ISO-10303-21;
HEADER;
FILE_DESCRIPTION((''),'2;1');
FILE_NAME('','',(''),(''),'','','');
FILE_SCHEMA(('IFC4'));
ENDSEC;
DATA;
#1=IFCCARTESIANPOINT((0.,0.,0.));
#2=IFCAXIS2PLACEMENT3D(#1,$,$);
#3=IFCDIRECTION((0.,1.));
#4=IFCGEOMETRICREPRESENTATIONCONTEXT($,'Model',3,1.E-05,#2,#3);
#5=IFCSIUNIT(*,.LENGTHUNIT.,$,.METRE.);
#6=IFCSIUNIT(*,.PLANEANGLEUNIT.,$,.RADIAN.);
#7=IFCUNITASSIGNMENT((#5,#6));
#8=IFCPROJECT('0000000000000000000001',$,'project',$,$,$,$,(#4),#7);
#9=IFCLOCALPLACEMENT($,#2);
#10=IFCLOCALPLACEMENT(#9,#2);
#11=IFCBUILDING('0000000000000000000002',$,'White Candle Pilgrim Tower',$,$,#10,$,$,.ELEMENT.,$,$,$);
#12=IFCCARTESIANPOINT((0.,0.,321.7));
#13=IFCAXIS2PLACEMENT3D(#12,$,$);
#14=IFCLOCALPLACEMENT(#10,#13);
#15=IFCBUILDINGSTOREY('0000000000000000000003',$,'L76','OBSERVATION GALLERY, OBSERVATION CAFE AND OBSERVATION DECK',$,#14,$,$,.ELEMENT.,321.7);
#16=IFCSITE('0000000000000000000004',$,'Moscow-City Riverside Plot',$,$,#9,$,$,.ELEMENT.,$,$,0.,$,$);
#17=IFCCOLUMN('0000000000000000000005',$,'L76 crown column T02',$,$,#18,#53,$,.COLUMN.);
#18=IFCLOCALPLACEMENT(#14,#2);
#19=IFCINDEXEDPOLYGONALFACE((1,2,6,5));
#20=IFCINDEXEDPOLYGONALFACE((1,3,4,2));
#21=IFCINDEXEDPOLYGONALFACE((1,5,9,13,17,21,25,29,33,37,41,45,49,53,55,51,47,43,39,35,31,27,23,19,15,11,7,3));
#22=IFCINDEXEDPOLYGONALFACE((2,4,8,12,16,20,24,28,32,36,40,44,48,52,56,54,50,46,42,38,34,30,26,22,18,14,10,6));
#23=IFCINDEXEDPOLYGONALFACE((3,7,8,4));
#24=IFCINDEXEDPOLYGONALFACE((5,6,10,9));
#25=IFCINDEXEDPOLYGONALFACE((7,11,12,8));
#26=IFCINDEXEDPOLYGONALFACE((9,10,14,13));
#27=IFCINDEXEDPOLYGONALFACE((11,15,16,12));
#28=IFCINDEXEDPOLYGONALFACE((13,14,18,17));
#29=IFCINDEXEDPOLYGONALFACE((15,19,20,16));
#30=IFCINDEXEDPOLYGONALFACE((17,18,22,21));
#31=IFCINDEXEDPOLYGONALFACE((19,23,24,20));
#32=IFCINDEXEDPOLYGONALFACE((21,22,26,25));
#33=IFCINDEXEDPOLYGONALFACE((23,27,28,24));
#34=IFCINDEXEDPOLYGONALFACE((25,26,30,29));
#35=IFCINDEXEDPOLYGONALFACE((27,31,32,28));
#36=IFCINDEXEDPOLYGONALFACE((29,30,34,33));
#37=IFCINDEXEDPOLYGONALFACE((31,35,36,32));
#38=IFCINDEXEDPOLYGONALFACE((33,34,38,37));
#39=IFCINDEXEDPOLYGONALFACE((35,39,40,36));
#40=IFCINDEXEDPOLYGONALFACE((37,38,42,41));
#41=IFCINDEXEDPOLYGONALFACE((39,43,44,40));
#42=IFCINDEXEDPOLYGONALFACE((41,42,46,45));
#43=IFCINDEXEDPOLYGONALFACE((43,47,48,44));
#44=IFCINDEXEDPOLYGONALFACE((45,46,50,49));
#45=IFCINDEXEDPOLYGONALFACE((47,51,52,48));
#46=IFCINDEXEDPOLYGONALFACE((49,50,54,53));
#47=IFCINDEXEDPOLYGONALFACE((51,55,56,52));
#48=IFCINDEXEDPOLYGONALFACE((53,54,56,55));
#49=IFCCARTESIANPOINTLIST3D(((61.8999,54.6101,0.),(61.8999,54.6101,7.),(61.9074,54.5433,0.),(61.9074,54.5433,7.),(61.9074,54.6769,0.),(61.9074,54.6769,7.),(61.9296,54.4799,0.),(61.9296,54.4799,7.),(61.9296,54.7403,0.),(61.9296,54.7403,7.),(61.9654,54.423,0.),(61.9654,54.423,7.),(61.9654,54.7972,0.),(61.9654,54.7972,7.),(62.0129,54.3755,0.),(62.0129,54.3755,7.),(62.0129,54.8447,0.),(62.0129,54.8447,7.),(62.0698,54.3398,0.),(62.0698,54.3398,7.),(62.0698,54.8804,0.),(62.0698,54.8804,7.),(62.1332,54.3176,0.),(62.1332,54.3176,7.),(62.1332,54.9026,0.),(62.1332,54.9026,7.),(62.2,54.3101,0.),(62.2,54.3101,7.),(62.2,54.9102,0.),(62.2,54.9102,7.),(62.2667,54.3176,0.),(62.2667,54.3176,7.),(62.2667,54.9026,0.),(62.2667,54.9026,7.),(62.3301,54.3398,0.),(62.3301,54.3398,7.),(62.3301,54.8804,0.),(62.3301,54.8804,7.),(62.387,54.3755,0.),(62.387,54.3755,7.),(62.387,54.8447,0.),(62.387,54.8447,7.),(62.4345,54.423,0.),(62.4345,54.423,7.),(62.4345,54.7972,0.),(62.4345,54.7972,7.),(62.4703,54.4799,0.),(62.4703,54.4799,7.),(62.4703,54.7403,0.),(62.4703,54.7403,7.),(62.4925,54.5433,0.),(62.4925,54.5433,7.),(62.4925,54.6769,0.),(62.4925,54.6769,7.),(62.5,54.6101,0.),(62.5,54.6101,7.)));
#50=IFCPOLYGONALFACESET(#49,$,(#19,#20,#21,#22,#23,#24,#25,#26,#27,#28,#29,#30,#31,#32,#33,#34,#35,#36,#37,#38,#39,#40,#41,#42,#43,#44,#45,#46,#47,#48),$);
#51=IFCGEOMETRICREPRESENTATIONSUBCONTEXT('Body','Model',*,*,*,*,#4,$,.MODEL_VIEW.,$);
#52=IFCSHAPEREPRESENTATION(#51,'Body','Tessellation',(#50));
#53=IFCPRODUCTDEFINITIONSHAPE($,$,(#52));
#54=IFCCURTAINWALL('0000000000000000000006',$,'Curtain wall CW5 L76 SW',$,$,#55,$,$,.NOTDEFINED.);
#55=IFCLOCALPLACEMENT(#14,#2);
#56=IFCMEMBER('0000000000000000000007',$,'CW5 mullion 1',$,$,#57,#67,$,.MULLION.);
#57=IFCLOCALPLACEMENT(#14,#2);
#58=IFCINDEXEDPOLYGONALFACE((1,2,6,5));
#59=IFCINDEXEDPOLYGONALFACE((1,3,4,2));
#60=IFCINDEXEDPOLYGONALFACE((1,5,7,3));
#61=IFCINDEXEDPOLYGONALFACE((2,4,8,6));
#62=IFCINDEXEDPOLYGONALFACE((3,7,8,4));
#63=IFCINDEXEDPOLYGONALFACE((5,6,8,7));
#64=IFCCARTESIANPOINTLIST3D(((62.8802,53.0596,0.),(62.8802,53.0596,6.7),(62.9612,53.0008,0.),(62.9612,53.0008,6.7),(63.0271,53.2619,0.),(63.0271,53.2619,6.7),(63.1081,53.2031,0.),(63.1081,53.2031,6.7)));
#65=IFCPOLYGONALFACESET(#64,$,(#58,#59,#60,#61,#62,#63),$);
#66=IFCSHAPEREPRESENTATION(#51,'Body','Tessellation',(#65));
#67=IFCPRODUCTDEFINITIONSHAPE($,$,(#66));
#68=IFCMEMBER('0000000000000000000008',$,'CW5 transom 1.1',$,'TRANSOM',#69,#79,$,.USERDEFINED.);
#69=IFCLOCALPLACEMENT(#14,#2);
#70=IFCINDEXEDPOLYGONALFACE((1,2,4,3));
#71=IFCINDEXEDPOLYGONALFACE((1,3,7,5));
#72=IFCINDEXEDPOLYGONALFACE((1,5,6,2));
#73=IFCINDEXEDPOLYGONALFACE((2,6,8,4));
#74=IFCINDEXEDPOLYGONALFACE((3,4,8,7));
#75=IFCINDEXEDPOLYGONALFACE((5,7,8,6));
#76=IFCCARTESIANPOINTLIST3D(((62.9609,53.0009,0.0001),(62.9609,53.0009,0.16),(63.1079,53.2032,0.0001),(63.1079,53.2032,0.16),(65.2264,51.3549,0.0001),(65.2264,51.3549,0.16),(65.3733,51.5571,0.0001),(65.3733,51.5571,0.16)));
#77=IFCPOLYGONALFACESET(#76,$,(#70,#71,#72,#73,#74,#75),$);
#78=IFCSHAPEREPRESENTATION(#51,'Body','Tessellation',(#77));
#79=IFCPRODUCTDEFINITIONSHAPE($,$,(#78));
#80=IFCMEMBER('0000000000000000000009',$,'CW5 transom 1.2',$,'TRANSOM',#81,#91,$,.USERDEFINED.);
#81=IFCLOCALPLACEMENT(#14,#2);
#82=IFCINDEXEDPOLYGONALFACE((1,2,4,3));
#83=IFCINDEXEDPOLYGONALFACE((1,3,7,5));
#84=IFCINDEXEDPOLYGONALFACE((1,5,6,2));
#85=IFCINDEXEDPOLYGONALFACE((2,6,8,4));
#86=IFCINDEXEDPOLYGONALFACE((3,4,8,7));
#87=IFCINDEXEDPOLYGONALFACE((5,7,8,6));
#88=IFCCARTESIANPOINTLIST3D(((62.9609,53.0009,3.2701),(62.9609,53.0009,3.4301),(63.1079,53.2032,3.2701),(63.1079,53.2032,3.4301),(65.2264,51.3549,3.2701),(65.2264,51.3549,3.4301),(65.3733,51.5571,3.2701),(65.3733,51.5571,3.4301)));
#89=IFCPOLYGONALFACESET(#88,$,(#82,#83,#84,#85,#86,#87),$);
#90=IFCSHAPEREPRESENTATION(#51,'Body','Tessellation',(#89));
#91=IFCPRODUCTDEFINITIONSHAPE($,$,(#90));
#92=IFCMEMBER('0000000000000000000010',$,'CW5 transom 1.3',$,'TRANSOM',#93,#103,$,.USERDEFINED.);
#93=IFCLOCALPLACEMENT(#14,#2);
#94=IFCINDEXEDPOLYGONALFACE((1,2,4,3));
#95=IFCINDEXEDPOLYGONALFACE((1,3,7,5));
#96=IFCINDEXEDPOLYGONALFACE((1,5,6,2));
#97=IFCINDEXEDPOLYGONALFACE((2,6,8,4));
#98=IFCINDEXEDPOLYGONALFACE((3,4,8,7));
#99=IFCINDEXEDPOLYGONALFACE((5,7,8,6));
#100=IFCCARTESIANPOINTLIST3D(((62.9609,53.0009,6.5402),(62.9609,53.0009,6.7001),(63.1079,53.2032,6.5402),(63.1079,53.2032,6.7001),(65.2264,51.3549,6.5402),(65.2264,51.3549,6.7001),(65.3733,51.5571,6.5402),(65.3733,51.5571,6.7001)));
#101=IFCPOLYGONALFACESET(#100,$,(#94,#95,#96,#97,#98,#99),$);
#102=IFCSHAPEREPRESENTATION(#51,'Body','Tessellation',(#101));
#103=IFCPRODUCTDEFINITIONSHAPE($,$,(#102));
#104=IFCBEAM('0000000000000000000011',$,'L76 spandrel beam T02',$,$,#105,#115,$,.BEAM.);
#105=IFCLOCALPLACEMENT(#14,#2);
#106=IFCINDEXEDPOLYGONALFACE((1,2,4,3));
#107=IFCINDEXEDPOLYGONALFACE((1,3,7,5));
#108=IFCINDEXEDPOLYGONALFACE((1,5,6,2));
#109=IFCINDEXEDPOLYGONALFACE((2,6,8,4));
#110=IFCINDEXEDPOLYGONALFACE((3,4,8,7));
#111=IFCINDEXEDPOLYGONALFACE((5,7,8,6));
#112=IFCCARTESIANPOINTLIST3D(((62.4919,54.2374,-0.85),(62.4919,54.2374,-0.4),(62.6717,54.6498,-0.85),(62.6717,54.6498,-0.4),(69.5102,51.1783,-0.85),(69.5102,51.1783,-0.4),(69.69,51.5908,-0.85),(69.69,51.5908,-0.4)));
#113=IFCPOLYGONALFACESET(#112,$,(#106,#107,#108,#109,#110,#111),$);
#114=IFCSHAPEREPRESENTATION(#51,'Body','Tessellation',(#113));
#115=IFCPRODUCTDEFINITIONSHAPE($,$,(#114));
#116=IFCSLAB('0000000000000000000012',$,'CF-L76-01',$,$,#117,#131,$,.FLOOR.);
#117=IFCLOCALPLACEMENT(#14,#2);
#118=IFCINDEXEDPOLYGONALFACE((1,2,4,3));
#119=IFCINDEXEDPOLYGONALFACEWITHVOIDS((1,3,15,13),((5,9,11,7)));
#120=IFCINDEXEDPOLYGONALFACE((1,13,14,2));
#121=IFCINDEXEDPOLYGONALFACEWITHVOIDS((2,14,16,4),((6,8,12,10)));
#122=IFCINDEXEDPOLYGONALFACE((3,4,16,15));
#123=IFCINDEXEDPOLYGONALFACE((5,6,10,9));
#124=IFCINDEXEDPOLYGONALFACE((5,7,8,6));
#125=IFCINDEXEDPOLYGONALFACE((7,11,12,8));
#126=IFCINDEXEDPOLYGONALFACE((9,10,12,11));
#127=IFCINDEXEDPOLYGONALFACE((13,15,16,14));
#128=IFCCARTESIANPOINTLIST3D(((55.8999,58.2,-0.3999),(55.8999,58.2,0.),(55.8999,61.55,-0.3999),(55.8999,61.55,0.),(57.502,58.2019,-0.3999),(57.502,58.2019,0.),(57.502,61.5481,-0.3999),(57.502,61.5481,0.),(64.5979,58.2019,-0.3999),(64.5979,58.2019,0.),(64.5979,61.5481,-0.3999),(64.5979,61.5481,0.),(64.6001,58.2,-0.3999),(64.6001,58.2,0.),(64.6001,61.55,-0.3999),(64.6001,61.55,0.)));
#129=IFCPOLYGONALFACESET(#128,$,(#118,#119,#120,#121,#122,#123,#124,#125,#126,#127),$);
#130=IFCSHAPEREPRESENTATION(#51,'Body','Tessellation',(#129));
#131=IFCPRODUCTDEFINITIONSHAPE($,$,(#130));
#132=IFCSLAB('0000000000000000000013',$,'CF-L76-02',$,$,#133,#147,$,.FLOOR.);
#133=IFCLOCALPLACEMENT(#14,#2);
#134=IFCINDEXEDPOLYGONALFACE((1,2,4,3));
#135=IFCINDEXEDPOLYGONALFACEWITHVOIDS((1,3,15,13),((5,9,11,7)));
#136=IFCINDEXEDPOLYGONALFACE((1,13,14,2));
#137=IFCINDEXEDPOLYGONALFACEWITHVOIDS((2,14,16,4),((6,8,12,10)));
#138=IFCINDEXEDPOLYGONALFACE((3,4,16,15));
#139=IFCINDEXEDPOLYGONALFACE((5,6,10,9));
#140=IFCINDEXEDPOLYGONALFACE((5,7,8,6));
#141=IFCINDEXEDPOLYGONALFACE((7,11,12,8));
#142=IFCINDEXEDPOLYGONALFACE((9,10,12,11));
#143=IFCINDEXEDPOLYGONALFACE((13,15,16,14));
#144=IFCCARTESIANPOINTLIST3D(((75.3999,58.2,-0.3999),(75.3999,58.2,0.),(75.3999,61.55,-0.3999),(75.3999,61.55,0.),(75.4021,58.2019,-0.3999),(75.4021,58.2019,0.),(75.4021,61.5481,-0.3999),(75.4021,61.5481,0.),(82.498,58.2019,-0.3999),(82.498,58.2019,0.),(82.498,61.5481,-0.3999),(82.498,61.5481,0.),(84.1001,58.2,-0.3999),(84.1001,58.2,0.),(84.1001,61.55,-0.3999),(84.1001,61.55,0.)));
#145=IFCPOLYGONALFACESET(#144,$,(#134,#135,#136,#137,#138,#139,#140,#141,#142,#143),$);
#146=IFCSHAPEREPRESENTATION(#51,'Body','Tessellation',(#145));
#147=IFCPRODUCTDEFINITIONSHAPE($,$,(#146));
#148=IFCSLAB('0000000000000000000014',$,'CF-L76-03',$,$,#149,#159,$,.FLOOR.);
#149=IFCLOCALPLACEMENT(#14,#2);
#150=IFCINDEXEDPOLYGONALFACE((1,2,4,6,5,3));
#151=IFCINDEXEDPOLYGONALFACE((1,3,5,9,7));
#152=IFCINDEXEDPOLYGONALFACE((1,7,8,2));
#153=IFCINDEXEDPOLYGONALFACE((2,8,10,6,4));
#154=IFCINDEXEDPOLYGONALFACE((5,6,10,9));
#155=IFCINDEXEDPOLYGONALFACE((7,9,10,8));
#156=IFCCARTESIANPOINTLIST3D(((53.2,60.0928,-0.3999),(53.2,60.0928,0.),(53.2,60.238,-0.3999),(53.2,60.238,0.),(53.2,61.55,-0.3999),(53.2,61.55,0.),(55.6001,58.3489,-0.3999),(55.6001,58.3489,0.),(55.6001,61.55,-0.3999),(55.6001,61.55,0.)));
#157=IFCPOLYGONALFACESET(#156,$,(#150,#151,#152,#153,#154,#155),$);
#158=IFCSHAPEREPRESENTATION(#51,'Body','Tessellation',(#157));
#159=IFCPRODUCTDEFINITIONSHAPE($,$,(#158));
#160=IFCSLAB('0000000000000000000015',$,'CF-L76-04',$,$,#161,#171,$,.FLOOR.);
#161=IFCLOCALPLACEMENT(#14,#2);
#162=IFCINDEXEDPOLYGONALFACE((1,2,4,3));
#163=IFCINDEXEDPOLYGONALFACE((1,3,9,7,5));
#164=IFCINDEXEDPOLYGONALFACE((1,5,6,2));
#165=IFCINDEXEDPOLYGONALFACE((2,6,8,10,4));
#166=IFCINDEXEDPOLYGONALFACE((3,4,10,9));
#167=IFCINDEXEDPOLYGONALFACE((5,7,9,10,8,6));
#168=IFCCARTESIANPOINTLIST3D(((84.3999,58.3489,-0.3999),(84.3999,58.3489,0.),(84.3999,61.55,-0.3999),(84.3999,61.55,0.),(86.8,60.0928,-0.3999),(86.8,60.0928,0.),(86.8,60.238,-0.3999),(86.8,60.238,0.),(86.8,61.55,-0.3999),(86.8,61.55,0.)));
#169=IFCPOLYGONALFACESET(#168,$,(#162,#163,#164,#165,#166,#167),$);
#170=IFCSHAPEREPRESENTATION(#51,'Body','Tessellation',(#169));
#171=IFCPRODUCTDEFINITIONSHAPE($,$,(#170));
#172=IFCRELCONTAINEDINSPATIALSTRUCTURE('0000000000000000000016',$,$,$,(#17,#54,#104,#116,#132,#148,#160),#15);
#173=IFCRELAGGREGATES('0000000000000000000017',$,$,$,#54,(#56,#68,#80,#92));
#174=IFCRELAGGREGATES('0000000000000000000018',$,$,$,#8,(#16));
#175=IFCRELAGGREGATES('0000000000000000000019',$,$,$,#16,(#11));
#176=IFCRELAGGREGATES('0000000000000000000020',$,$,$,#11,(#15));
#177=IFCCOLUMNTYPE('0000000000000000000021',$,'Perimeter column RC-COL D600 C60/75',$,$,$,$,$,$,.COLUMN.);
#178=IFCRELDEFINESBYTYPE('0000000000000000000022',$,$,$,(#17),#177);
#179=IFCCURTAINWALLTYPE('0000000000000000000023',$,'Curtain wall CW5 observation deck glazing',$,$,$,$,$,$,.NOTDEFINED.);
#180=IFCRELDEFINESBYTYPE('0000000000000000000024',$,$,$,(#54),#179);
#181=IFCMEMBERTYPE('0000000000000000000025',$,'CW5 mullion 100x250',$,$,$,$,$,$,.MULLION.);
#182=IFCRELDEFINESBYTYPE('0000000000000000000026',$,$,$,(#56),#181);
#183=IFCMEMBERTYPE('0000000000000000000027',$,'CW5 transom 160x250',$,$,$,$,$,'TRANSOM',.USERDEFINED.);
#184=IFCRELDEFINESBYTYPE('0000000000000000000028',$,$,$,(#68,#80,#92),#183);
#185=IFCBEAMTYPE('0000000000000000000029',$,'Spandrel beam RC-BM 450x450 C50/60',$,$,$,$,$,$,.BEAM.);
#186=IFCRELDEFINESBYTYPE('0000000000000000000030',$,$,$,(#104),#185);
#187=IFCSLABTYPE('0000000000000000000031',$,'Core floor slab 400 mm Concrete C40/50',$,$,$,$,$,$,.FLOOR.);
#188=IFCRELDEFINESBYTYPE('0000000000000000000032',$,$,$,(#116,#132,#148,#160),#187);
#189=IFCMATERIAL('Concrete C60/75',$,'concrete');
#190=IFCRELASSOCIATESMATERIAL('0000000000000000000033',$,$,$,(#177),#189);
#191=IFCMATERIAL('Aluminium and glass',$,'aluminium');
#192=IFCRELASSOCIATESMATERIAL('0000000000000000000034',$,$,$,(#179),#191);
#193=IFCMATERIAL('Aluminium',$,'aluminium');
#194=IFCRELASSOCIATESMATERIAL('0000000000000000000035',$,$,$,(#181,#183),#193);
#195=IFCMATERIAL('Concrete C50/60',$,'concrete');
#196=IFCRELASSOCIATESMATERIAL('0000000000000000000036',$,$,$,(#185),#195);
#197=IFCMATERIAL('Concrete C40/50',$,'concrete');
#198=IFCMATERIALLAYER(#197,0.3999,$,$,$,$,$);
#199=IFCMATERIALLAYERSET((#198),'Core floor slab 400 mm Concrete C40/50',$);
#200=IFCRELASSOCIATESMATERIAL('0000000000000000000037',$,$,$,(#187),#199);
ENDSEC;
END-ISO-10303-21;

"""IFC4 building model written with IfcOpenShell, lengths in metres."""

from ifc_helpers import new_model, si_unit, direction, frame, origin, origin_2d, place, context, subcontext, project, spatial, polyline, rectangle, circle, outline, extrude, material, layer, layer_set, material_profile, profile_set, type_object, element, aggregate, save


model = new_model("IFC4")

# Units and contexts
model_context = context("Model", 3, precision=1e-05, world=origin(), true_north=direction((0.0, 1.0)))
body_context = subcontext(model_context, "Body", "Model", "MODEL_VIEW")
ifc_project = project(units=[si_unit("LENGTHUNIT", "METRE"), si_unit("PLANEANGLEUNIT", "RADIAN")], contexts=[model_context])

# Site, building, storey
site_placement = place(None, origin())
site = spatial("IfcSite", under=ifc_project, at=site_placement, Name="Moscow-City Riverside Plot", CompositionType="ELEMENT", RefElevation=0.0)
building_placement = place(site_placement, origin())
building = spatial("IfcBuilding", under=site, at=building_placement, Name="White Candle Pilgrim Tower", CompositionType="ELEMENT")
storey_placement = place(building_placement, frame((0.0, 0.0, 321.7)))
storey = spatial("IfcBuildingStorey", under=building, at=storey_placement, Name="L76", Description="OBSERVATION GALLERY, OBSERVATION CAFE AND OBSERVATION DECK", CompositionType="ELEMENT", Elevation=321.7)

# Column
ifc_material_1 = material(Name="Concrete C60/75", Category="concrete")
ifc_material_profile_1 = material_profile(ifc_material_1, circle(Radius=0.3, at=origin_2d()), Name="RC-COL D600")
ifc_profile_set_1 = profile_set([ifc_material_profile_1], Name="Concrete C60/75")
column_type = type_object("IfcColumnType", Name="Perimeter column RC-COL D600 C60/75", PredefinedType="COLUMN", material=ifc_profile_set_1)
column_placement = place(storey_placement, frame((62.2, 54.6101, 0.0), z_axis=(0.0, 0.0, 1.0), x_axis=(1.0, 0.0, 0.0)))
element("IfcColumn", 1, at=column_placement, inside=storey, type_object=column_type, Name="L76 crown column T02", PredefinedType="COLUMN", context=body_context, shape_type="SweptSolid", body=[
    extrude(circle(Radius=0.3, at=origin_2d()), origin(), (0.0, 0.0, 1.0), 7.0),
])

# Curtain wall, members
ifc_material_2 = material(Name="Aluminium and glass", Category="aluminium")
curtain_wall_type = type_object("IfcCurtainWallType", Name="Curtain wall CW5 observation deck glazing", PredefinedType="NOTDEFINED", material=ifc_material_2)
curtain_wall_placement = place(storey_placement, origin())
curtain_wall = element("IfcCurtainWall", 2, at=curtain_wall_placement, inside=storey, type_object=curtain_wall_type, Name="Curtain wall CW5 L76 SW", PredefinedType="NOTDEFINED")
ifc_material_3 = material(Name="Aluminium", Category="aluminium")
ifc_material_profile_2 = material_profile(ifc_material_3, rectangle(XDim=0.25, YDim=0.1001, at=origin_2d()), Name="CW5 mullion 100x250")
ifc_profile_set_2 = profile_set([ifc_material_profile_2], Name="Aluminium")
member_type_1 = type_object("IfcMemberType", Name="CW5 mullion 100x250", PredefinedType="MULLION", material=ifc_profile_set_2)
member_1_placement = place(storey_placement, frame((62.9941, 53.1313, 0.0), z_axis=(0.0, 0.0, 1.0), x_axis=(0.587785, 0.809017, 0.0)))
member_1 = element("IfcMember", 3, at=member_1_placement, type_object=member_type_1, Name="CW5 mullion 1", PredefinedType="MULLION", context=body_context, shape_type="SweptSolid", body=[
    extrude(rectangle(XDim=0.25, YDim=0.1001, at=origin_2d()), origin(), (0.0, 0.0, 1.0), 6.7),
])
ifc_material_profile_3 = material_profile(ifc_material_3, rectangle(XDim=0.25, YDim=0.1599, at=origin_2d()), Name="CW5 transom 160x250")
ifc_profile_set_3 = profile_set([ifc_material_profile_3], Name="Aluminium")
member_type_2 = type_object("IfcMemberType", Name="CW5 transom 160x250", ElementType="TRANSOM", PredefinedType="USERDEFINED", material=ifc_profile_set_3)
member_2_placement = place(storey_placement, frame((63.0344, 53.1021, 0.0801), z_axis=(0.809, -0.587809, 0.0), x_axis=(0.587809, 0.809, 0.0)))
member_2 = element("IfcMember", 4, at=member_2_placement, type_object=member_type_2, Name="CW5 transom 1.1", ObjectType="TRANSOM", PredefinedType="USERDEFINED", context=body_context, shape_type="SweptSolid", body=[
    extrude(rectangle(XDim=0.25, YDim=0.1599, at=origin_2d()), origin(), (0.0, 0.0, 1.0), 2.8003),
])
member_3_placement = place(storey_placement, frame((63.0344, 53.1021, 3.3501), z_axis=(0.809, -0.587809, 0.0), x_axis=(0.587809, 0.809, 0.0)))
member_3 = element("IfcMember", 5, at=member_3_placement, type_object=member_type_2, Name="CW5 transom 1.2", ObjectType="TRANSOM", PredefinedType="USERDEFINED", context=body_context, shape_type="SweptSolid", body=[
    extrude(rectangle(XDim=0.25, YDim=0.1599, at=origin_2d()), origin(), (0.0, 0.0, 1.0), 2.8003),
])
member_4_placement = place(storey_placement, frame((63.0344, 53.1021, 6.6201), z_axis=(0.809, -0.587809, 0.0), x_axis=(0.587809, 0.809, 0.0)))
member_4 = element("IfcMember", 6, at=member_4_placement, type_object=member_type_2, Name="CW5 transom 1.3", ObjectType="TRANSOM", PredefinedType="USERDEFINED", context=body_context, shape_type="SweptSolid", body=[
    extrude(rectangle(XDim=0.25, YDim=0.1599, at=origin_2d()), origin(), (0.0, 0.0, 1.0), 2.8003),
])
aggregate(curtain_wall, [member_1, member_2, member_3, member_4])

# Beam
ifc_material_4 = material(Name="Concrete C50/60", Category="concrete")
ifc_material_profile_4 = material_profile(ifc_material_4, rectangle(XDim=0.45, YDim=0.45, at=origin_2d()), Name="RC-BM 450x450")
ifc_profile_set_4 = profile_set([ifc_material_profile_4], Name="Concrete C50/60")
beam_type = type_object("IfcBeamType", Name="Spandrel beam RC-BM 450x450 C50/60", PredefinedType="BEAM", material=ifc_profile_set_4)
beam_placement = place(storey_placement, frame((62.5818, 54.4436, -0.625), z_axis=(0.916705, -0.399565, 0.0), x_axis=(0.399565, 0.916705, 0.0)))
element("IfcBeam", 7, at=beam_placement, inside=storey, type_object=beam_type, Name="L76 spandrel beam T02", PredefinedType="BEAM", context=body_context, shape_type="SweptSolid", body=[
    extrude(rectangle(XDim=0.45, YDim=0.45, at=origin_2d()), origin(), (0.0, 0.0, 1.0), 7.656),
])

# Slabs
ifc_material_5 = material(Name="Concrete C40/50", Category="concrete")
ifc_layer_1 = layer(ifc_material_5, 0.3999)
ifc_layer_set_1 = layer_set([ifc_layer_1], Name="Core floor slab 400 mm Concrete C40/50")
slab_type_1 = type_object("IfcSlabType", Name="Core floor slab 400 mm Concrete C40/50", PredefinedType="FLOOR", material=ifc_layer_set_1)
slab_1_placement = place(storey_placement, frame((0.0, 0.0, -0.3999)))
element("IfcSlab", 8, at=slab_1_placement, inside=storey, type_object=slab_type_1, Name="CF-L76-01", PredefinedType="FLOOR", context=body_context, shape_type="SweptSolid", body=[
    extrude(outline(polyline([(64.6001, 58.2), (55.8999, 58.2), (55.8999, 61.55), (64.6001, 61.55), (64.6001, 58.2)]), holes=[polyline([(57.502, 61.5481), (57.502, 58.2019), (64.5979, 58.2019), (64.5979, 61.5481), (57.502, 61.5481)])]), origin(), (0.0, 0.0, 1.0), 0.3999),
])
slab_2_placement = place(storey_placement, frame((0.0, 0.0, -0.3999)))
element("IfcSlab", 9, at=slab_2_placement, inside=storey, type_object=slab_type_1, Name="CF-L76-02", PredefinedType="FLOOR", context=body_context, shape_type="SweptSolid", body=[
    extrude(outline(polyline([(75.3999, 58.2), (75.3999, 61.55), (84.1001, 61.55), (84.1001, 58.2), (75.3999, 58.2)]), holes=[polyline([(82.498, 58.2019), (82.498, 61.5481), (75.4021, 61.5481), (75.4021, 58.2019), (82.498, 58.2019)])]), origin(), (0.0, 0.0, 1.0), 0.3999),
])
slab_3_placement = place(storey_placement, frame((0.0, 0.0, -0.3999)))
element("IfcSlab", 10, at=slab_3_placement, inside=storey, type_object=slab_type_1, Name="CF-L76-03", PredefinedType="FLOOR", context=body_context, shape_type="SweptSolid", body=[
    extrude(outline(polyline([(53.2, 60.238), (53.2, 61.55), (55.6001, 61.55), (55.6001, 58.3489), (53.2, 60.0928), (53.2, 60.238)])), origin(), (0.0, 0.0, 1.0), 0.3999),
])
slab_4_placement = place(storey_placement, frame((0.0, 0.0, -0.3999)))
element("IfcSlab", 11, at=slab_4_placement, inside=storey, type_object=slab_type_1, Name="CF-L76-04", PredefinedType="FLOOR", context=body_context, shape_type="SweptSolid", body=[
    extrude(outline(polyline([(84.3999, 58.3489), (84.3999, 61.55), (86.8, 61.55), (86.8, 60.238), (86.8, 60.0928), (84.3999, 58.3489)])), origin(), (0.0, 0.0, 1.0), 0.3999),
])

save(model, "model.ifc")
